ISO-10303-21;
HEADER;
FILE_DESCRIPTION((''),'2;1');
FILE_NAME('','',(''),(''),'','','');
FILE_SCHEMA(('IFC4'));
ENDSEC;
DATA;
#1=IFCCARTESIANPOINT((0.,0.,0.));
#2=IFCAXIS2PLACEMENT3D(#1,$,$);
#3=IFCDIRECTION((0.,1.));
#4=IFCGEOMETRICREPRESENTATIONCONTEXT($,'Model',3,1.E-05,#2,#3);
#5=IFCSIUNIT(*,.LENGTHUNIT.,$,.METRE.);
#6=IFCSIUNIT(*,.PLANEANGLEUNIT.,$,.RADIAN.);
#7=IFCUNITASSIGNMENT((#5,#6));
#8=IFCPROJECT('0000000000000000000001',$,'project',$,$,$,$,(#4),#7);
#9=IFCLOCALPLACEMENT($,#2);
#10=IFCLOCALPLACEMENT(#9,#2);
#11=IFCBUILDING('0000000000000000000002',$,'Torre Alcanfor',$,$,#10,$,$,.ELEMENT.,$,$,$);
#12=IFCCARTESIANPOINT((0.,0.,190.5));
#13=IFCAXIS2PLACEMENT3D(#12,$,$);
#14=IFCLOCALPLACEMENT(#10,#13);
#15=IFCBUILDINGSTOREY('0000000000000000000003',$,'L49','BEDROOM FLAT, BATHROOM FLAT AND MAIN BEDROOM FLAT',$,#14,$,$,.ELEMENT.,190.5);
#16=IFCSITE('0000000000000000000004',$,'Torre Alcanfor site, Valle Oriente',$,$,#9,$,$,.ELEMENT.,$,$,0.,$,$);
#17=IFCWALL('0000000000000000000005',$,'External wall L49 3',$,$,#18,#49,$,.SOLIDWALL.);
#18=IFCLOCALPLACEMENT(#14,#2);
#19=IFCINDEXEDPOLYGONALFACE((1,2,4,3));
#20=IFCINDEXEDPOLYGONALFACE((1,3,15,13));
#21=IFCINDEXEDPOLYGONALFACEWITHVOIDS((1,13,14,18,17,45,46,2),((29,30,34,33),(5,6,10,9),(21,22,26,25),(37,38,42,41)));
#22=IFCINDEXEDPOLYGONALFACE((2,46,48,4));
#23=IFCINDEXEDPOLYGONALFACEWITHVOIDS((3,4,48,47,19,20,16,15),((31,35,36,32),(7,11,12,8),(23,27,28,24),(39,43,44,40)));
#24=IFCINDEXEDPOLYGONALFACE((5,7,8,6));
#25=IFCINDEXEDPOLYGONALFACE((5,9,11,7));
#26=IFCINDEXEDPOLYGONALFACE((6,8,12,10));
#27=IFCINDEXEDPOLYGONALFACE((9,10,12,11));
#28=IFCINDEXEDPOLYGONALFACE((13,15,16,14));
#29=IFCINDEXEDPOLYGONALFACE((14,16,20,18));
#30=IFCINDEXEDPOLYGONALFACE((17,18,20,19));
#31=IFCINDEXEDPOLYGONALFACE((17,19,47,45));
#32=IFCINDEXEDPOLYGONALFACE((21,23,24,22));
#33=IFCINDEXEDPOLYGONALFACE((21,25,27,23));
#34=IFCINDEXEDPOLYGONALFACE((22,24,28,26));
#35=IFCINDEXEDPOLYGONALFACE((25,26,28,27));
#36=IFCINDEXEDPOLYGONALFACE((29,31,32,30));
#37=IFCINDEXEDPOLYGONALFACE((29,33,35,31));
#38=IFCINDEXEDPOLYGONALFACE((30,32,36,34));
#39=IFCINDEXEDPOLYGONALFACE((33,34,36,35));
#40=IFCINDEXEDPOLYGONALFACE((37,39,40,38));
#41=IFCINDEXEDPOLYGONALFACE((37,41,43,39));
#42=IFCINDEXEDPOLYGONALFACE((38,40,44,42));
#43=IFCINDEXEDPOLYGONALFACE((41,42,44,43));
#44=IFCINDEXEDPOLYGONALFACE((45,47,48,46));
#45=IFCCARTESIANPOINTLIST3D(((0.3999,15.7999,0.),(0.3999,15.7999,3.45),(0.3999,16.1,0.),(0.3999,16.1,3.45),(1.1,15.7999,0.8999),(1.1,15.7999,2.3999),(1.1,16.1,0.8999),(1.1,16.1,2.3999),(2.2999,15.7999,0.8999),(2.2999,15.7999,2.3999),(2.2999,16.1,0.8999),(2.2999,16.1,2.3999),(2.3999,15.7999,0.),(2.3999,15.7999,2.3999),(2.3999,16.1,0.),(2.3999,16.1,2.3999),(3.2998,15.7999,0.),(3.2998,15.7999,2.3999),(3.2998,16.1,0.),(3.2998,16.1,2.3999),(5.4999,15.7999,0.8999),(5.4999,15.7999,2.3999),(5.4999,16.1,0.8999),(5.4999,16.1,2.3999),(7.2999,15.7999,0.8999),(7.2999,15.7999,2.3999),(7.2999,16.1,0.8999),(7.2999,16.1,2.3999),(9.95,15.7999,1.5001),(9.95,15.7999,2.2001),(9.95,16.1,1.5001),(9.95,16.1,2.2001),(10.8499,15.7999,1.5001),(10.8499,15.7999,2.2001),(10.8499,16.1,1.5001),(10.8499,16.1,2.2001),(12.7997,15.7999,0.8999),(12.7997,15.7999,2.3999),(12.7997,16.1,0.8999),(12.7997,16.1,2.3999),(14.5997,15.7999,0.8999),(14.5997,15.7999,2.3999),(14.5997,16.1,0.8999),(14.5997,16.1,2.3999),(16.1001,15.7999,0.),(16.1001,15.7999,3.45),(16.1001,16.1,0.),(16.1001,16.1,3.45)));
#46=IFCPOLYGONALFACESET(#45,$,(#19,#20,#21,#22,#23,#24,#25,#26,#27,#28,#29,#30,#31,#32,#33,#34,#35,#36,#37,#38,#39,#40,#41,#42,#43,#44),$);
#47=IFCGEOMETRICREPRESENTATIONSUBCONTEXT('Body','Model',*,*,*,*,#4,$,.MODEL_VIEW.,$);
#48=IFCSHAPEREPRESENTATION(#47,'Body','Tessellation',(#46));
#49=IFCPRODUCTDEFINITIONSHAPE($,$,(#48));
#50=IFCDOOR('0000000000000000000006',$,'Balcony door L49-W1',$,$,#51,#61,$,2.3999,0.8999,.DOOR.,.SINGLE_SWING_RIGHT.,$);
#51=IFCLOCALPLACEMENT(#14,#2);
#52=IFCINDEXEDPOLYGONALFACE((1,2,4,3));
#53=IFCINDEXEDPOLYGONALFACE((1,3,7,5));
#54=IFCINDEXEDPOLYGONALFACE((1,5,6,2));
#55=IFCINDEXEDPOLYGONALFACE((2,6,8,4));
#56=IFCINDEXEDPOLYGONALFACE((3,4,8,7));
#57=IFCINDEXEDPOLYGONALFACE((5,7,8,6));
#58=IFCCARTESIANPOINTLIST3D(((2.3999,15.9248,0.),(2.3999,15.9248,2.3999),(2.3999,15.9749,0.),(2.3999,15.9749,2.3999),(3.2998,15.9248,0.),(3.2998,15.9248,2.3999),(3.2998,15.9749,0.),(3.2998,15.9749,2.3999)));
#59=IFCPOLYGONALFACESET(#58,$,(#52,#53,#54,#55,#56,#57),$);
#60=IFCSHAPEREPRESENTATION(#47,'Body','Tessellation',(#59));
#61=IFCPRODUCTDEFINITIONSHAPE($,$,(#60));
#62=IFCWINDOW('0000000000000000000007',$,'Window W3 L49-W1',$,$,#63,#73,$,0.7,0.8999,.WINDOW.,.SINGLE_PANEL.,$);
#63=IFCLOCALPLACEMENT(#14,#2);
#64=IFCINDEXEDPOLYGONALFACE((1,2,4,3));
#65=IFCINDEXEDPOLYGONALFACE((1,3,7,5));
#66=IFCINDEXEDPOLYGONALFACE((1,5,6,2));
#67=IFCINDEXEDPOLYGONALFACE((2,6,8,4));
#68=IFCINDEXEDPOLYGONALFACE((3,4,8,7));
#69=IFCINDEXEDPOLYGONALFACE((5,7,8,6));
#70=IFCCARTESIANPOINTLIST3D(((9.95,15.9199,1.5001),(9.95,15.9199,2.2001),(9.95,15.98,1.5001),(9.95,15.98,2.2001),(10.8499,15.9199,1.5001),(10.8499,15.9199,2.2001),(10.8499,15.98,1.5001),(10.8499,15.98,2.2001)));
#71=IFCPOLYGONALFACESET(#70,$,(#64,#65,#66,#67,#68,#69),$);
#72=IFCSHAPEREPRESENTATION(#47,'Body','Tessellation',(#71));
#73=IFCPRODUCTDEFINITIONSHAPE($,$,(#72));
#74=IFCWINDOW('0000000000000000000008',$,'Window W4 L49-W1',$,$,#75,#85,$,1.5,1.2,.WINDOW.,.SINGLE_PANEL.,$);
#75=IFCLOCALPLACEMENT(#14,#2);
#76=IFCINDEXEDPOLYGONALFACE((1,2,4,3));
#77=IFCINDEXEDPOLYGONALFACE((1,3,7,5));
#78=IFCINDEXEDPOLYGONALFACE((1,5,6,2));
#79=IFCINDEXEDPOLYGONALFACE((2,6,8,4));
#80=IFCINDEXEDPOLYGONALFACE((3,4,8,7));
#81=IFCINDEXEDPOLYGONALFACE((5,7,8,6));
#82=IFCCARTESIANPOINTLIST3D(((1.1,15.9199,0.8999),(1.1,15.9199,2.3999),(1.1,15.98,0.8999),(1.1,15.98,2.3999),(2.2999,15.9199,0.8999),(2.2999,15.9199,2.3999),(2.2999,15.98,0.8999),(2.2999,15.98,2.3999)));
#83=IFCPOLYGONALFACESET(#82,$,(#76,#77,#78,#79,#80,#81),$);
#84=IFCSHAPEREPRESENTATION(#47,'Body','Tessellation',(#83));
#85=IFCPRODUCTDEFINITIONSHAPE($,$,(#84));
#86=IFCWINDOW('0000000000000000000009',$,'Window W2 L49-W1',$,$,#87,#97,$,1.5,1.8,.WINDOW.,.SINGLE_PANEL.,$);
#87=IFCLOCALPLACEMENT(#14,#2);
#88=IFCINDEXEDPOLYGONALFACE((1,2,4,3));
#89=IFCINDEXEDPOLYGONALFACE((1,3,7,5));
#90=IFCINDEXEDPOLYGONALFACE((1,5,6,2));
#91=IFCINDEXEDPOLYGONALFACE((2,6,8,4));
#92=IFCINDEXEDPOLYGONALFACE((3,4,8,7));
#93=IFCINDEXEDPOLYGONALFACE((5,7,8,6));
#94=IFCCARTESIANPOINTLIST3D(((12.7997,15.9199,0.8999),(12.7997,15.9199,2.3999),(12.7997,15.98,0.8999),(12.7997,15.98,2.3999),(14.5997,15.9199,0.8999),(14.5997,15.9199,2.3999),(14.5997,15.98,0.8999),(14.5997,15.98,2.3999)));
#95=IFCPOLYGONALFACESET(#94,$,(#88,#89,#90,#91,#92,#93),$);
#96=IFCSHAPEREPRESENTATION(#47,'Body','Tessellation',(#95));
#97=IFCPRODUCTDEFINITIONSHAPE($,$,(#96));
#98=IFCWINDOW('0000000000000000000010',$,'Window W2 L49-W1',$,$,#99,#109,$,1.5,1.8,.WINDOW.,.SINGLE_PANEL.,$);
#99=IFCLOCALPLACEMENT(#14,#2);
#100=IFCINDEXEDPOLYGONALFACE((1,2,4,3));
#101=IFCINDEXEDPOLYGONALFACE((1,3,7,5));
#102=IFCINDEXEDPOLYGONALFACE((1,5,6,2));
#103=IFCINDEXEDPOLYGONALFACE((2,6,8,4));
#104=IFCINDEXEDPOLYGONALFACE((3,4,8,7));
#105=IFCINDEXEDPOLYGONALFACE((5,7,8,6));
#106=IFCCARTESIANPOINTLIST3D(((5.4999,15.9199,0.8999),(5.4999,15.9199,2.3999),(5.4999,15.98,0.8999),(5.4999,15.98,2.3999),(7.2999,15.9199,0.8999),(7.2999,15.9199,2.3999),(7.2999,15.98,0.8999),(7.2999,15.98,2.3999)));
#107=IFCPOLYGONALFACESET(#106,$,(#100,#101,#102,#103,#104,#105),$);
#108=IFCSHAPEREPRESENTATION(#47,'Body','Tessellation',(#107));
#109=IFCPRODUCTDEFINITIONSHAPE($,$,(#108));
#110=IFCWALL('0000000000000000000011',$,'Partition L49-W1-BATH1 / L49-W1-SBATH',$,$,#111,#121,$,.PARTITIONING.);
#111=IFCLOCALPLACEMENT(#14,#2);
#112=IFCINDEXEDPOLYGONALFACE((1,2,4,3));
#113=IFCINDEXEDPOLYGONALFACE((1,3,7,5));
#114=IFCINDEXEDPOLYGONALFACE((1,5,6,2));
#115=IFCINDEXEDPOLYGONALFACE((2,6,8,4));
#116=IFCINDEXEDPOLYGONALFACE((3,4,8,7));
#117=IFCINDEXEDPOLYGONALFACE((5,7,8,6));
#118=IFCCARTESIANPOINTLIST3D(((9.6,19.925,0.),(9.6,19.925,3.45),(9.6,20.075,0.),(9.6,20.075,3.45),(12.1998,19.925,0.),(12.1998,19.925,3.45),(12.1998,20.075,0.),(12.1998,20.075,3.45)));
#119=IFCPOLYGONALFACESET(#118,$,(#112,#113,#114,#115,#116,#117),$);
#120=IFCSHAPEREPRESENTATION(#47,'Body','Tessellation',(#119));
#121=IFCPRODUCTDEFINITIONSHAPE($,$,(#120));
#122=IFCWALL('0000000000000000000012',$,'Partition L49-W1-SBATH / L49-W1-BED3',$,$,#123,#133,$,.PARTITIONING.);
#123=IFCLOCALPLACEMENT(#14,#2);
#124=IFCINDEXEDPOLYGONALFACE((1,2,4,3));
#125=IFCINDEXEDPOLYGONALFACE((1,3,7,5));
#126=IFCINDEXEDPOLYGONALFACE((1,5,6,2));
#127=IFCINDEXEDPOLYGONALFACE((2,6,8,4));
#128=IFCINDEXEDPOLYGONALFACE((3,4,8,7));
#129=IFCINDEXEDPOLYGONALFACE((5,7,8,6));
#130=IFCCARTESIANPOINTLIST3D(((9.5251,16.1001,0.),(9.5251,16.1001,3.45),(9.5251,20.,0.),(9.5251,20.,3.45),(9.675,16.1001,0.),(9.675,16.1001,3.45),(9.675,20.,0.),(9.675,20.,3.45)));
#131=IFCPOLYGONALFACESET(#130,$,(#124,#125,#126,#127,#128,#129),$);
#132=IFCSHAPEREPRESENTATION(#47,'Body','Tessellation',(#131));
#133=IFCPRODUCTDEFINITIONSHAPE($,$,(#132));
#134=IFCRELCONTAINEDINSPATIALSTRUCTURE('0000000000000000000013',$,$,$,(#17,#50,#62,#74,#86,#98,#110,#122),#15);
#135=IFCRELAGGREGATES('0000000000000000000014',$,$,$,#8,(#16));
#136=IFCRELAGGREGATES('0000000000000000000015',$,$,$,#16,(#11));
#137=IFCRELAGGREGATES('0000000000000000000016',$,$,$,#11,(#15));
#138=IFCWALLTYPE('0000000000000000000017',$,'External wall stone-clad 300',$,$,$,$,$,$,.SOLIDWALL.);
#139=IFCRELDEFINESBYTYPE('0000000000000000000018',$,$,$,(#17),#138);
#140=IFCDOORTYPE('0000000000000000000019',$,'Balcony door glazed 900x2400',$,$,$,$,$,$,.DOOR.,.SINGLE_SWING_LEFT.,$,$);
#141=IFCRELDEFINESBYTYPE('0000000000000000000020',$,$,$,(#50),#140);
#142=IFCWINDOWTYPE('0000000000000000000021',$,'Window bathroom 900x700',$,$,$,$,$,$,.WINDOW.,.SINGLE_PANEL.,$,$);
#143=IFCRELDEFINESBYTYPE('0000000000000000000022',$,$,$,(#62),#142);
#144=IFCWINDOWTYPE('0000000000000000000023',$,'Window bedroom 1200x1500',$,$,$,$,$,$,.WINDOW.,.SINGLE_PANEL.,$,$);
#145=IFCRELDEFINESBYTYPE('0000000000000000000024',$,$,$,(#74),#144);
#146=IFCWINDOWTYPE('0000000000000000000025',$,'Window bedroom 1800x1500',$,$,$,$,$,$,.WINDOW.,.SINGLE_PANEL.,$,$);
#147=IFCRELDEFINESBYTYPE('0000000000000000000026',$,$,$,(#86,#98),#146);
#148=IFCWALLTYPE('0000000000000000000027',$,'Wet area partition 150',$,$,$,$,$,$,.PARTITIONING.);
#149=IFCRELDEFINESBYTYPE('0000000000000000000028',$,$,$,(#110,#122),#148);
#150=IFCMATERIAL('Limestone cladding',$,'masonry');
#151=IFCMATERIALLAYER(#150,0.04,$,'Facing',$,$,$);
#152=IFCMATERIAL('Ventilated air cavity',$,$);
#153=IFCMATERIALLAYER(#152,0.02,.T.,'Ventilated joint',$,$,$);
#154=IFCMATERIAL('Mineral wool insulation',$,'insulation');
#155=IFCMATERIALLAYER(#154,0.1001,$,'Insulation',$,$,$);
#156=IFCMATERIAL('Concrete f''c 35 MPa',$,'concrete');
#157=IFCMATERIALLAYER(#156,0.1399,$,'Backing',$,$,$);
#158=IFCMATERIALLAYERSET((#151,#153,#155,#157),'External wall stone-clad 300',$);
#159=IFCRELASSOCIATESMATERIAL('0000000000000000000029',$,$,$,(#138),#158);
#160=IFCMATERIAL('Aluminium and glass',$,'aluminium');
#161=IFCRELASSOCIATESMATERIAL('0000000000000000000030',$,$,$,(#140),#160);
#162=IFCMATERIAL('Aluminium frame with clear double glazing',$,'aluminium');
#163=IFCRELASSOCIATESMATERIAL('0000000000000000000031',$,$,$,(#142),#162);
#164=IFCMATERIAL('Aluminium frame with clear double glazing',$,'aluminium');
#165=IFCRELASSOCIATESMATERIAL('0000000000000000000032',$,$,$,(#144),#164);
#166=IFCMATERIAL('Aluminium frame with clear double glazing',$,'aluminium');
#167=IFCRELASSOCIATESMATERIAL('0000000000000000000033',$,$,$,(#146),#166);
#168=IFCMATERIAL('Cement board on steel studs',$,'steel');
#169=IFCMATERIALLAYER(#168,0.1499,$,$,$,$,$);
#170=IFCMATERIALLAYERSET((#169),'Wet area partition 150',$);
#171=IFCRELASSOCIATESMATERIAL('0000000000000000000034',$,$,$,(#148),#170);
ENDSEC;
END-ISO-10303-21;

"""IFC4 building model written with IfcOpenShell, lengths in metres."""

from ifc_helpers import new_model, si_unit, direction, frame, frame_2d, origin, place, context, subcontext, project, spatial, rectangle, extrude, material, layer, layer_set, type_object, element, fill, save


model = new_model("IFC4")

# Units and contexts
model_context = context("Model", 3, precision=1e-05, world=origin(), true_north=direction((0.0, 1.0)))
body_context = subcontext(model_context, "Body", "Model", "MODEL_VIEW")
ifc_project = project(units=[si_unit("LENGTHUNIT", "METRE"), si_unit("PLANEANGLEUNIT", "RADIAN")], contexts=[model_context])

# Site, building, storey
site_placement = place(None, origin())
site = spatial("IfcSite", under=ifc_project, at=site_placement, Name="Torre Alcanfor site, Valle Oriente", CompositionType="ELEMENT", RefElevation=0.0)
building_placement = place(site_placement, origin())
building = spatial("IfcBuilding", under=site, at=building_placement, Name="Torre Alcanfor", CompositionType="ELEMENT")
storey_placement = place(building_placement, frame((0.0, 0.0, 190.5)))
storey = spatial("IfcBuildingStorey", under=building, at=storey_placement, Name="L49", Description="BEDROOM FLAT, BATHROOM FLAT AND MAIN BEDROOM FLAT", CompositionType="ELEMENT", Elevation=190.5)

# Wall, openings, door, windows
ifc_material_1 = material(Name="Limestone cladding", Category="masonry")
ifc_layer_1 = layer(ifc_material_1, 0.04, Name="Facing")
ifc_material_2 = material(Name="Ventilated air cavity")
ifc_layer_2 = layer(ifc_material_2, 0.02, ventilated=True, Name="Ventilated joint")
ifc_material_3 = material(Name="Mineral wool insulation", Category="insulation")
ifc_layer_3 = layer(ifc_material_3, 0.1001, Name="Insulation")
ifc_material_4 = material(Name="Concrete f'c 35 MPa", Category="concrete")
ifc_layer_4 = layer(ifc_material_4, 0.1399, Name="Backing")
ifc_layer_set_1 = layer_set([ifc_layer_1, ifc_layer_2, ifc_layer_3, ifc_layer_4], Name="External wall stone-clad 300")
wall_type_1 = type_object("IfcWallType", Name="External wall stone-clad 300", PredefinedType="SOLIDWALL", material=ifc_layer_set_1)
wall_1_placement = place(storey_placement, frame((0.3999, 15.95, 0.0), z_axis=(0.0, 0.0, 1.0), x_axis=(1.0, 0.0, 0.0)))
wall_1 = element("IfcWall", 1, at=wall_1_placement, inside=storey, type_object=wall_type_1, Name="External wall L49 3", PredefinedType="SOLIDWALL", context=body_context, shape_type="SweptSolid", body=[
    extrude(rectangle(XDim=15.7002, YDim=0.3, at=frame_2d((7.8501, 0.0))), origin(), (0.0, 0.0, 1.0), 3.45),
])
opening_1_placement = place(wall_1_placement, frame((12.3999, 0.0, 0.8999)))
opening_1 = element("IfcOpeningElement", 2, at=opening_1_placement, cuts=wall_1, PredefinedType="OPENING", context=body_context, shape_type="SweptSolid", body=[
    extrude(rectangle(XDim=1.8, YDim=1.5, at=frame_2d((0.8999, 0.75))), frame((0.0, 0.1599, 0.0), z_axis=(0.0, -1.0, 0.0), x_axis=(1.0, 0.0, 0.0)), (0.0, 0.0, 1.0), 0.3201),
])
opening_2_placement = place(wall_1_placement, frame((9.55, 0.0, 1.5)))
opening_2 = element("IfcOpeningElement", 3, at=opening_2_placement, cuts=wall_1, PredefinedType="OPENING", context=body_context, shape_type="SweptSolid", body=[
    extrude(rectangle(XDim=0.8999, YDim=0.7, at=frame_2d((0.45, 0.3501))), frame((0.0, 0.1599, 0.0), z_axis=(0.0, -1.0, 0.0), x_axis=(1.0, 0.0, 0.0)), (0.0, 0.0, 1.0), 0.3201),
])
opening_3_placement = place(wall_1_placement, frame((5.1001, 0.0, 0.8999)))
opening_3 = element("IfcOpeningElement", 4, at=opening_3_placement, cuts=wall_1, PredefinedType="OPENING", context=body_context, shape_type="SweptSolid", body=[
    extrude(rectangle(XDim=1.8, YDim=1.5, at=frame_2d((0.8999, 0.75))), frame((0.0, 0.1599, 0.0), z_axis=(0.0, -1.0, 0.0), x_axis=(1.0, 0.0, 0.0)), (0.0, 0.0, 1.0), 0.3201),
])
opening_4_placement = place(wall_1_placement, frame((2.0, 0.0, 0.0)))
opening_4 = element("IfcOpeningElement", 5, at=opening_4_placement, cuts=wall_1, PredefinedType="OPENING", context=body_context, shape_type="SweptSolid", body=[
    extrude(rectangle(XDim=0.8999, YDim=2.3999, at=frame_2d((0.45, 1.2))), frame((0.0, 0.1599, 0.0), z_axis=(0.0, -1.0, 0.0), x_axis=(1.0, 0.0, 0.0)), (0.0, 0.0, 1.0), 0.3201),
])
opening_5_placement = place(wall_1_placement, frame((0.7, 0.0, 0.8999)))
opening_5 = element("IfcOpeningElement", 6, at=opening_5_placement, cuts=wall_1, PredefinedType="OPENING", context=body_context, shape_type="SweptSolid", body=[
    extrude(rectangle(XDim=1.2, YDim=1.5, at=frame_2d((0.6001, 0.75))), frame((0.0, 0.1599, 0.0), z_axis=(0.0, -1.0, 0.0), x_axis=(1.0, 0.0, 0.0)), (0.0, 0.0, 1.0), 0.3201),
])
ifc_material_5 = material(Name="Aluminium and glass", Category="aluminium")
door_type = type_object("IfcDoorType", Name="Balcony door glazed 900x2400", OperationType="SINGLE_SWING_LEFT", PredefinedType="DOOR", material=ifc_material_5)
door_placement = place(opening_4_placement, origin())
door = element("IfcDoor", 7, at=door_placement, inside=storey, type_object=door_type, Name="Balcony door L49-W1", OperationType="SINGLE_SWING_RIGHT", OverallHeight=2.3999, OverallWidth=0.8999, PredefinedType="DOOR", context=body_context, shape_type="SweptSolid", body=[
    extrude(rectangle(XDim=0.8999, YDim=2.3999, at=frame_2d((0.45, 1.2))), frame((0.0, 0.0249, 0.0), z_axis=(0.0, -1.0, 0.0), x_axis=(1.0, 0.0, 0.0)), (0.0, 0.0, 1.0), 0.05),
])
fill(opening_4, door)
ifc_material_6 = material(Name="Aluminium frame with clear double glazing", Category="aluminium")
window_type_1 = type_object("IfcWindowType", Name="Window bathroom 900x700", PartitioningType="SINGLE_PANEL", PredefinedType="WINDOW", material=ifc_material_6)
window_1_placement = place(opening_2_placement, origin())
window_1 = element("IfcWindow", 8, at=window_1_placement, inside=storey, type_object=window_type_1, Name="Window W3 L49-W1", OverallHeight=0.7, OverallWidth=0.8999, PartitioningType="SINGLE_PANEL", PredefinedType="WINDOW", context=body_context, shape_type="SweptSolid", body=[
    extrude(rectangle(XDim=0.8999, YDim=0.7, at=frame_2d((0.45, 0.3501))), frame((0.0, 0.03, 0.0), z_axis=(0.0, -1.0, 0.0), x_axis=(1.0, 0.0, 0.0)), (0.0, 0.0, 1.0), 0.0601),
])
fill(opening_2, window_1)
ifc_material_7 = material(Name="Aluminium frame with clear double glazing", Category="aluminium")
window_type_2 = type_object("IfcWindowType", Name="Window bedroom 1200x1500", PartitioningType="SINGLE_PANEL", PredefinedType="WINDOW", material=ifc_material_7)
window_2_placement = place(opening_5_placement, origin())
window_2 = element("IfcWindow", 9, at=window_2_placement, inside=storey, type_object=window_type_2, Name="Window W4 L49-W1", OverallHeight=1.5, OverallWidth=1.2, PartitioningType="SINGLE_PANEL", PredefinedType="WINDOW", context=body_context, shape_type="SweptSolid", body=[
    extrude(rectangle(XDim=1.2, YDim=1.5, at=frame_2d((0.6001, 0.75))), frame((0.0, 0.03, 0.0), z_axis=(0.0, -1.0, 0.0), x_axis=(1.0, 0.0, 0.0)), (0.0, 0.0, 1.0), 0.0601),
])
fill(opening_5, window_2)
ifc_material_8 = material(Name="Aluminium frame with clear double glazing", Category="aluminium")
window_type_3 = type_object("IfcWindowType", Name="Window bedroom 1800x1500", PartitioningType="SINGLE_PANEL", PredefinedType="WINDOW", material=ifc_material_8)
window_3_placement = place(opening_1_placement, origin())
window_3 = element("IfcWindow", 10, at=window_3_placement, inside=storey, type_object=window_type_3, Name="Window W2 L49-W1", OverallHeight=1.5, OverallWidth=1.8, PartitioningType="SINGLE_PANEL", PredefinedType="WINDOW", context=body_context, shape_type="SweptSolid", body=[
    extrude(rectangle(XDim=1.8, YDim=1.5, at=frame_2d((0.8999, 0.75))), frame((0.0, 0.03, 0.0), z_axis=(0.0, -1.0, 0.0), x_axis=(1.0, 0.0, 0.0)), (0.0, 0.0, 1.0), 0.0601),
])
fill(opening_1, window_3)
window_4_placement = place(opening_3_placement, origin())
window_4 = element("IfcWindow", 11, at=window_4_placement, inside=storey, type_object=window_type_3, Name="Window W2 L49-W1", OverallHeight=1.5, OverallWidth=1.8, PartitioningType="SINGLE_PANEL", PredefinedType="WINDOW", context=body_context, shape_type="SweptSolid", body=[
    extrude(rectangle(XDim=1.8, YDim=1.5, at=frame_2d((0.8999, 0.75))), frame((0.0, 0.03, 0.0), z_axis=(0.0, -1.0, 0.0), x_axis=(1.0, 0.0, 0.0)), (0.0, 0.0, 1.0), 0.0601),
])
fill(opening_3, window_4)

# Walls
ifc_material_9 = material(Name="Cement board on steel studs", Category="steel")
ifc_layer_5 = layer(ifc_material_9, 0.1499)
ifc_layer_set_2 = layer_set([ifc_layer_5], Name="Wet area partition 150")
wall_type_2 = type_object("IfcWallType", Name="Wet area partition 150", PredefinedType="PARTITIONING", material=ifc_layer_set_2)
wall_2_placement = place(storey_placement, frame((9.6001, 20.0, 0.0), z_axis=(0.0, 0.0, 1.0), x_axis=(1.0, 0.0, 0.0)))
element("IfcWall", 12, at=wall_2_placement, inside=storey, type_object=wall_type_2, Name="Partition L49-W1-BATH1 / L49-W1-SBATH", PredefinedType="PARTITIONING", context=body_context, shape_type="SweptSolid", body=[
    extrude(rectangle(XDim=2.5999, YDim=0.1499, at=frame_2d((1.2998, 0.0))), origin(), (0.0, 0.0, 1.0), 3.45),
])
wall_3_placement = place(storey_placement, frame((9.6001, 20.0, 0.0), z_axis=(0.0, 0.0, 1.0), x_axis=(0.0, -1.0, 0.0)))
element("IfcWall", 13, at=wall_3_placement, inside=storey, type_object=wall_type_2, Name="Partition L49-W1-SBATH / L49-W1-BED3", PredefinedType="PARTITIONING", context=body_context, shape_type="SweptSolid", body=[
    extrude(rectangle(XDim=3.8999, YDim=0.1499, at=frame_2d((1.95, 0.0))), origin(), (0.0, 0.0, 1.0), 3.45),
])

save(model, "model.ifc")
